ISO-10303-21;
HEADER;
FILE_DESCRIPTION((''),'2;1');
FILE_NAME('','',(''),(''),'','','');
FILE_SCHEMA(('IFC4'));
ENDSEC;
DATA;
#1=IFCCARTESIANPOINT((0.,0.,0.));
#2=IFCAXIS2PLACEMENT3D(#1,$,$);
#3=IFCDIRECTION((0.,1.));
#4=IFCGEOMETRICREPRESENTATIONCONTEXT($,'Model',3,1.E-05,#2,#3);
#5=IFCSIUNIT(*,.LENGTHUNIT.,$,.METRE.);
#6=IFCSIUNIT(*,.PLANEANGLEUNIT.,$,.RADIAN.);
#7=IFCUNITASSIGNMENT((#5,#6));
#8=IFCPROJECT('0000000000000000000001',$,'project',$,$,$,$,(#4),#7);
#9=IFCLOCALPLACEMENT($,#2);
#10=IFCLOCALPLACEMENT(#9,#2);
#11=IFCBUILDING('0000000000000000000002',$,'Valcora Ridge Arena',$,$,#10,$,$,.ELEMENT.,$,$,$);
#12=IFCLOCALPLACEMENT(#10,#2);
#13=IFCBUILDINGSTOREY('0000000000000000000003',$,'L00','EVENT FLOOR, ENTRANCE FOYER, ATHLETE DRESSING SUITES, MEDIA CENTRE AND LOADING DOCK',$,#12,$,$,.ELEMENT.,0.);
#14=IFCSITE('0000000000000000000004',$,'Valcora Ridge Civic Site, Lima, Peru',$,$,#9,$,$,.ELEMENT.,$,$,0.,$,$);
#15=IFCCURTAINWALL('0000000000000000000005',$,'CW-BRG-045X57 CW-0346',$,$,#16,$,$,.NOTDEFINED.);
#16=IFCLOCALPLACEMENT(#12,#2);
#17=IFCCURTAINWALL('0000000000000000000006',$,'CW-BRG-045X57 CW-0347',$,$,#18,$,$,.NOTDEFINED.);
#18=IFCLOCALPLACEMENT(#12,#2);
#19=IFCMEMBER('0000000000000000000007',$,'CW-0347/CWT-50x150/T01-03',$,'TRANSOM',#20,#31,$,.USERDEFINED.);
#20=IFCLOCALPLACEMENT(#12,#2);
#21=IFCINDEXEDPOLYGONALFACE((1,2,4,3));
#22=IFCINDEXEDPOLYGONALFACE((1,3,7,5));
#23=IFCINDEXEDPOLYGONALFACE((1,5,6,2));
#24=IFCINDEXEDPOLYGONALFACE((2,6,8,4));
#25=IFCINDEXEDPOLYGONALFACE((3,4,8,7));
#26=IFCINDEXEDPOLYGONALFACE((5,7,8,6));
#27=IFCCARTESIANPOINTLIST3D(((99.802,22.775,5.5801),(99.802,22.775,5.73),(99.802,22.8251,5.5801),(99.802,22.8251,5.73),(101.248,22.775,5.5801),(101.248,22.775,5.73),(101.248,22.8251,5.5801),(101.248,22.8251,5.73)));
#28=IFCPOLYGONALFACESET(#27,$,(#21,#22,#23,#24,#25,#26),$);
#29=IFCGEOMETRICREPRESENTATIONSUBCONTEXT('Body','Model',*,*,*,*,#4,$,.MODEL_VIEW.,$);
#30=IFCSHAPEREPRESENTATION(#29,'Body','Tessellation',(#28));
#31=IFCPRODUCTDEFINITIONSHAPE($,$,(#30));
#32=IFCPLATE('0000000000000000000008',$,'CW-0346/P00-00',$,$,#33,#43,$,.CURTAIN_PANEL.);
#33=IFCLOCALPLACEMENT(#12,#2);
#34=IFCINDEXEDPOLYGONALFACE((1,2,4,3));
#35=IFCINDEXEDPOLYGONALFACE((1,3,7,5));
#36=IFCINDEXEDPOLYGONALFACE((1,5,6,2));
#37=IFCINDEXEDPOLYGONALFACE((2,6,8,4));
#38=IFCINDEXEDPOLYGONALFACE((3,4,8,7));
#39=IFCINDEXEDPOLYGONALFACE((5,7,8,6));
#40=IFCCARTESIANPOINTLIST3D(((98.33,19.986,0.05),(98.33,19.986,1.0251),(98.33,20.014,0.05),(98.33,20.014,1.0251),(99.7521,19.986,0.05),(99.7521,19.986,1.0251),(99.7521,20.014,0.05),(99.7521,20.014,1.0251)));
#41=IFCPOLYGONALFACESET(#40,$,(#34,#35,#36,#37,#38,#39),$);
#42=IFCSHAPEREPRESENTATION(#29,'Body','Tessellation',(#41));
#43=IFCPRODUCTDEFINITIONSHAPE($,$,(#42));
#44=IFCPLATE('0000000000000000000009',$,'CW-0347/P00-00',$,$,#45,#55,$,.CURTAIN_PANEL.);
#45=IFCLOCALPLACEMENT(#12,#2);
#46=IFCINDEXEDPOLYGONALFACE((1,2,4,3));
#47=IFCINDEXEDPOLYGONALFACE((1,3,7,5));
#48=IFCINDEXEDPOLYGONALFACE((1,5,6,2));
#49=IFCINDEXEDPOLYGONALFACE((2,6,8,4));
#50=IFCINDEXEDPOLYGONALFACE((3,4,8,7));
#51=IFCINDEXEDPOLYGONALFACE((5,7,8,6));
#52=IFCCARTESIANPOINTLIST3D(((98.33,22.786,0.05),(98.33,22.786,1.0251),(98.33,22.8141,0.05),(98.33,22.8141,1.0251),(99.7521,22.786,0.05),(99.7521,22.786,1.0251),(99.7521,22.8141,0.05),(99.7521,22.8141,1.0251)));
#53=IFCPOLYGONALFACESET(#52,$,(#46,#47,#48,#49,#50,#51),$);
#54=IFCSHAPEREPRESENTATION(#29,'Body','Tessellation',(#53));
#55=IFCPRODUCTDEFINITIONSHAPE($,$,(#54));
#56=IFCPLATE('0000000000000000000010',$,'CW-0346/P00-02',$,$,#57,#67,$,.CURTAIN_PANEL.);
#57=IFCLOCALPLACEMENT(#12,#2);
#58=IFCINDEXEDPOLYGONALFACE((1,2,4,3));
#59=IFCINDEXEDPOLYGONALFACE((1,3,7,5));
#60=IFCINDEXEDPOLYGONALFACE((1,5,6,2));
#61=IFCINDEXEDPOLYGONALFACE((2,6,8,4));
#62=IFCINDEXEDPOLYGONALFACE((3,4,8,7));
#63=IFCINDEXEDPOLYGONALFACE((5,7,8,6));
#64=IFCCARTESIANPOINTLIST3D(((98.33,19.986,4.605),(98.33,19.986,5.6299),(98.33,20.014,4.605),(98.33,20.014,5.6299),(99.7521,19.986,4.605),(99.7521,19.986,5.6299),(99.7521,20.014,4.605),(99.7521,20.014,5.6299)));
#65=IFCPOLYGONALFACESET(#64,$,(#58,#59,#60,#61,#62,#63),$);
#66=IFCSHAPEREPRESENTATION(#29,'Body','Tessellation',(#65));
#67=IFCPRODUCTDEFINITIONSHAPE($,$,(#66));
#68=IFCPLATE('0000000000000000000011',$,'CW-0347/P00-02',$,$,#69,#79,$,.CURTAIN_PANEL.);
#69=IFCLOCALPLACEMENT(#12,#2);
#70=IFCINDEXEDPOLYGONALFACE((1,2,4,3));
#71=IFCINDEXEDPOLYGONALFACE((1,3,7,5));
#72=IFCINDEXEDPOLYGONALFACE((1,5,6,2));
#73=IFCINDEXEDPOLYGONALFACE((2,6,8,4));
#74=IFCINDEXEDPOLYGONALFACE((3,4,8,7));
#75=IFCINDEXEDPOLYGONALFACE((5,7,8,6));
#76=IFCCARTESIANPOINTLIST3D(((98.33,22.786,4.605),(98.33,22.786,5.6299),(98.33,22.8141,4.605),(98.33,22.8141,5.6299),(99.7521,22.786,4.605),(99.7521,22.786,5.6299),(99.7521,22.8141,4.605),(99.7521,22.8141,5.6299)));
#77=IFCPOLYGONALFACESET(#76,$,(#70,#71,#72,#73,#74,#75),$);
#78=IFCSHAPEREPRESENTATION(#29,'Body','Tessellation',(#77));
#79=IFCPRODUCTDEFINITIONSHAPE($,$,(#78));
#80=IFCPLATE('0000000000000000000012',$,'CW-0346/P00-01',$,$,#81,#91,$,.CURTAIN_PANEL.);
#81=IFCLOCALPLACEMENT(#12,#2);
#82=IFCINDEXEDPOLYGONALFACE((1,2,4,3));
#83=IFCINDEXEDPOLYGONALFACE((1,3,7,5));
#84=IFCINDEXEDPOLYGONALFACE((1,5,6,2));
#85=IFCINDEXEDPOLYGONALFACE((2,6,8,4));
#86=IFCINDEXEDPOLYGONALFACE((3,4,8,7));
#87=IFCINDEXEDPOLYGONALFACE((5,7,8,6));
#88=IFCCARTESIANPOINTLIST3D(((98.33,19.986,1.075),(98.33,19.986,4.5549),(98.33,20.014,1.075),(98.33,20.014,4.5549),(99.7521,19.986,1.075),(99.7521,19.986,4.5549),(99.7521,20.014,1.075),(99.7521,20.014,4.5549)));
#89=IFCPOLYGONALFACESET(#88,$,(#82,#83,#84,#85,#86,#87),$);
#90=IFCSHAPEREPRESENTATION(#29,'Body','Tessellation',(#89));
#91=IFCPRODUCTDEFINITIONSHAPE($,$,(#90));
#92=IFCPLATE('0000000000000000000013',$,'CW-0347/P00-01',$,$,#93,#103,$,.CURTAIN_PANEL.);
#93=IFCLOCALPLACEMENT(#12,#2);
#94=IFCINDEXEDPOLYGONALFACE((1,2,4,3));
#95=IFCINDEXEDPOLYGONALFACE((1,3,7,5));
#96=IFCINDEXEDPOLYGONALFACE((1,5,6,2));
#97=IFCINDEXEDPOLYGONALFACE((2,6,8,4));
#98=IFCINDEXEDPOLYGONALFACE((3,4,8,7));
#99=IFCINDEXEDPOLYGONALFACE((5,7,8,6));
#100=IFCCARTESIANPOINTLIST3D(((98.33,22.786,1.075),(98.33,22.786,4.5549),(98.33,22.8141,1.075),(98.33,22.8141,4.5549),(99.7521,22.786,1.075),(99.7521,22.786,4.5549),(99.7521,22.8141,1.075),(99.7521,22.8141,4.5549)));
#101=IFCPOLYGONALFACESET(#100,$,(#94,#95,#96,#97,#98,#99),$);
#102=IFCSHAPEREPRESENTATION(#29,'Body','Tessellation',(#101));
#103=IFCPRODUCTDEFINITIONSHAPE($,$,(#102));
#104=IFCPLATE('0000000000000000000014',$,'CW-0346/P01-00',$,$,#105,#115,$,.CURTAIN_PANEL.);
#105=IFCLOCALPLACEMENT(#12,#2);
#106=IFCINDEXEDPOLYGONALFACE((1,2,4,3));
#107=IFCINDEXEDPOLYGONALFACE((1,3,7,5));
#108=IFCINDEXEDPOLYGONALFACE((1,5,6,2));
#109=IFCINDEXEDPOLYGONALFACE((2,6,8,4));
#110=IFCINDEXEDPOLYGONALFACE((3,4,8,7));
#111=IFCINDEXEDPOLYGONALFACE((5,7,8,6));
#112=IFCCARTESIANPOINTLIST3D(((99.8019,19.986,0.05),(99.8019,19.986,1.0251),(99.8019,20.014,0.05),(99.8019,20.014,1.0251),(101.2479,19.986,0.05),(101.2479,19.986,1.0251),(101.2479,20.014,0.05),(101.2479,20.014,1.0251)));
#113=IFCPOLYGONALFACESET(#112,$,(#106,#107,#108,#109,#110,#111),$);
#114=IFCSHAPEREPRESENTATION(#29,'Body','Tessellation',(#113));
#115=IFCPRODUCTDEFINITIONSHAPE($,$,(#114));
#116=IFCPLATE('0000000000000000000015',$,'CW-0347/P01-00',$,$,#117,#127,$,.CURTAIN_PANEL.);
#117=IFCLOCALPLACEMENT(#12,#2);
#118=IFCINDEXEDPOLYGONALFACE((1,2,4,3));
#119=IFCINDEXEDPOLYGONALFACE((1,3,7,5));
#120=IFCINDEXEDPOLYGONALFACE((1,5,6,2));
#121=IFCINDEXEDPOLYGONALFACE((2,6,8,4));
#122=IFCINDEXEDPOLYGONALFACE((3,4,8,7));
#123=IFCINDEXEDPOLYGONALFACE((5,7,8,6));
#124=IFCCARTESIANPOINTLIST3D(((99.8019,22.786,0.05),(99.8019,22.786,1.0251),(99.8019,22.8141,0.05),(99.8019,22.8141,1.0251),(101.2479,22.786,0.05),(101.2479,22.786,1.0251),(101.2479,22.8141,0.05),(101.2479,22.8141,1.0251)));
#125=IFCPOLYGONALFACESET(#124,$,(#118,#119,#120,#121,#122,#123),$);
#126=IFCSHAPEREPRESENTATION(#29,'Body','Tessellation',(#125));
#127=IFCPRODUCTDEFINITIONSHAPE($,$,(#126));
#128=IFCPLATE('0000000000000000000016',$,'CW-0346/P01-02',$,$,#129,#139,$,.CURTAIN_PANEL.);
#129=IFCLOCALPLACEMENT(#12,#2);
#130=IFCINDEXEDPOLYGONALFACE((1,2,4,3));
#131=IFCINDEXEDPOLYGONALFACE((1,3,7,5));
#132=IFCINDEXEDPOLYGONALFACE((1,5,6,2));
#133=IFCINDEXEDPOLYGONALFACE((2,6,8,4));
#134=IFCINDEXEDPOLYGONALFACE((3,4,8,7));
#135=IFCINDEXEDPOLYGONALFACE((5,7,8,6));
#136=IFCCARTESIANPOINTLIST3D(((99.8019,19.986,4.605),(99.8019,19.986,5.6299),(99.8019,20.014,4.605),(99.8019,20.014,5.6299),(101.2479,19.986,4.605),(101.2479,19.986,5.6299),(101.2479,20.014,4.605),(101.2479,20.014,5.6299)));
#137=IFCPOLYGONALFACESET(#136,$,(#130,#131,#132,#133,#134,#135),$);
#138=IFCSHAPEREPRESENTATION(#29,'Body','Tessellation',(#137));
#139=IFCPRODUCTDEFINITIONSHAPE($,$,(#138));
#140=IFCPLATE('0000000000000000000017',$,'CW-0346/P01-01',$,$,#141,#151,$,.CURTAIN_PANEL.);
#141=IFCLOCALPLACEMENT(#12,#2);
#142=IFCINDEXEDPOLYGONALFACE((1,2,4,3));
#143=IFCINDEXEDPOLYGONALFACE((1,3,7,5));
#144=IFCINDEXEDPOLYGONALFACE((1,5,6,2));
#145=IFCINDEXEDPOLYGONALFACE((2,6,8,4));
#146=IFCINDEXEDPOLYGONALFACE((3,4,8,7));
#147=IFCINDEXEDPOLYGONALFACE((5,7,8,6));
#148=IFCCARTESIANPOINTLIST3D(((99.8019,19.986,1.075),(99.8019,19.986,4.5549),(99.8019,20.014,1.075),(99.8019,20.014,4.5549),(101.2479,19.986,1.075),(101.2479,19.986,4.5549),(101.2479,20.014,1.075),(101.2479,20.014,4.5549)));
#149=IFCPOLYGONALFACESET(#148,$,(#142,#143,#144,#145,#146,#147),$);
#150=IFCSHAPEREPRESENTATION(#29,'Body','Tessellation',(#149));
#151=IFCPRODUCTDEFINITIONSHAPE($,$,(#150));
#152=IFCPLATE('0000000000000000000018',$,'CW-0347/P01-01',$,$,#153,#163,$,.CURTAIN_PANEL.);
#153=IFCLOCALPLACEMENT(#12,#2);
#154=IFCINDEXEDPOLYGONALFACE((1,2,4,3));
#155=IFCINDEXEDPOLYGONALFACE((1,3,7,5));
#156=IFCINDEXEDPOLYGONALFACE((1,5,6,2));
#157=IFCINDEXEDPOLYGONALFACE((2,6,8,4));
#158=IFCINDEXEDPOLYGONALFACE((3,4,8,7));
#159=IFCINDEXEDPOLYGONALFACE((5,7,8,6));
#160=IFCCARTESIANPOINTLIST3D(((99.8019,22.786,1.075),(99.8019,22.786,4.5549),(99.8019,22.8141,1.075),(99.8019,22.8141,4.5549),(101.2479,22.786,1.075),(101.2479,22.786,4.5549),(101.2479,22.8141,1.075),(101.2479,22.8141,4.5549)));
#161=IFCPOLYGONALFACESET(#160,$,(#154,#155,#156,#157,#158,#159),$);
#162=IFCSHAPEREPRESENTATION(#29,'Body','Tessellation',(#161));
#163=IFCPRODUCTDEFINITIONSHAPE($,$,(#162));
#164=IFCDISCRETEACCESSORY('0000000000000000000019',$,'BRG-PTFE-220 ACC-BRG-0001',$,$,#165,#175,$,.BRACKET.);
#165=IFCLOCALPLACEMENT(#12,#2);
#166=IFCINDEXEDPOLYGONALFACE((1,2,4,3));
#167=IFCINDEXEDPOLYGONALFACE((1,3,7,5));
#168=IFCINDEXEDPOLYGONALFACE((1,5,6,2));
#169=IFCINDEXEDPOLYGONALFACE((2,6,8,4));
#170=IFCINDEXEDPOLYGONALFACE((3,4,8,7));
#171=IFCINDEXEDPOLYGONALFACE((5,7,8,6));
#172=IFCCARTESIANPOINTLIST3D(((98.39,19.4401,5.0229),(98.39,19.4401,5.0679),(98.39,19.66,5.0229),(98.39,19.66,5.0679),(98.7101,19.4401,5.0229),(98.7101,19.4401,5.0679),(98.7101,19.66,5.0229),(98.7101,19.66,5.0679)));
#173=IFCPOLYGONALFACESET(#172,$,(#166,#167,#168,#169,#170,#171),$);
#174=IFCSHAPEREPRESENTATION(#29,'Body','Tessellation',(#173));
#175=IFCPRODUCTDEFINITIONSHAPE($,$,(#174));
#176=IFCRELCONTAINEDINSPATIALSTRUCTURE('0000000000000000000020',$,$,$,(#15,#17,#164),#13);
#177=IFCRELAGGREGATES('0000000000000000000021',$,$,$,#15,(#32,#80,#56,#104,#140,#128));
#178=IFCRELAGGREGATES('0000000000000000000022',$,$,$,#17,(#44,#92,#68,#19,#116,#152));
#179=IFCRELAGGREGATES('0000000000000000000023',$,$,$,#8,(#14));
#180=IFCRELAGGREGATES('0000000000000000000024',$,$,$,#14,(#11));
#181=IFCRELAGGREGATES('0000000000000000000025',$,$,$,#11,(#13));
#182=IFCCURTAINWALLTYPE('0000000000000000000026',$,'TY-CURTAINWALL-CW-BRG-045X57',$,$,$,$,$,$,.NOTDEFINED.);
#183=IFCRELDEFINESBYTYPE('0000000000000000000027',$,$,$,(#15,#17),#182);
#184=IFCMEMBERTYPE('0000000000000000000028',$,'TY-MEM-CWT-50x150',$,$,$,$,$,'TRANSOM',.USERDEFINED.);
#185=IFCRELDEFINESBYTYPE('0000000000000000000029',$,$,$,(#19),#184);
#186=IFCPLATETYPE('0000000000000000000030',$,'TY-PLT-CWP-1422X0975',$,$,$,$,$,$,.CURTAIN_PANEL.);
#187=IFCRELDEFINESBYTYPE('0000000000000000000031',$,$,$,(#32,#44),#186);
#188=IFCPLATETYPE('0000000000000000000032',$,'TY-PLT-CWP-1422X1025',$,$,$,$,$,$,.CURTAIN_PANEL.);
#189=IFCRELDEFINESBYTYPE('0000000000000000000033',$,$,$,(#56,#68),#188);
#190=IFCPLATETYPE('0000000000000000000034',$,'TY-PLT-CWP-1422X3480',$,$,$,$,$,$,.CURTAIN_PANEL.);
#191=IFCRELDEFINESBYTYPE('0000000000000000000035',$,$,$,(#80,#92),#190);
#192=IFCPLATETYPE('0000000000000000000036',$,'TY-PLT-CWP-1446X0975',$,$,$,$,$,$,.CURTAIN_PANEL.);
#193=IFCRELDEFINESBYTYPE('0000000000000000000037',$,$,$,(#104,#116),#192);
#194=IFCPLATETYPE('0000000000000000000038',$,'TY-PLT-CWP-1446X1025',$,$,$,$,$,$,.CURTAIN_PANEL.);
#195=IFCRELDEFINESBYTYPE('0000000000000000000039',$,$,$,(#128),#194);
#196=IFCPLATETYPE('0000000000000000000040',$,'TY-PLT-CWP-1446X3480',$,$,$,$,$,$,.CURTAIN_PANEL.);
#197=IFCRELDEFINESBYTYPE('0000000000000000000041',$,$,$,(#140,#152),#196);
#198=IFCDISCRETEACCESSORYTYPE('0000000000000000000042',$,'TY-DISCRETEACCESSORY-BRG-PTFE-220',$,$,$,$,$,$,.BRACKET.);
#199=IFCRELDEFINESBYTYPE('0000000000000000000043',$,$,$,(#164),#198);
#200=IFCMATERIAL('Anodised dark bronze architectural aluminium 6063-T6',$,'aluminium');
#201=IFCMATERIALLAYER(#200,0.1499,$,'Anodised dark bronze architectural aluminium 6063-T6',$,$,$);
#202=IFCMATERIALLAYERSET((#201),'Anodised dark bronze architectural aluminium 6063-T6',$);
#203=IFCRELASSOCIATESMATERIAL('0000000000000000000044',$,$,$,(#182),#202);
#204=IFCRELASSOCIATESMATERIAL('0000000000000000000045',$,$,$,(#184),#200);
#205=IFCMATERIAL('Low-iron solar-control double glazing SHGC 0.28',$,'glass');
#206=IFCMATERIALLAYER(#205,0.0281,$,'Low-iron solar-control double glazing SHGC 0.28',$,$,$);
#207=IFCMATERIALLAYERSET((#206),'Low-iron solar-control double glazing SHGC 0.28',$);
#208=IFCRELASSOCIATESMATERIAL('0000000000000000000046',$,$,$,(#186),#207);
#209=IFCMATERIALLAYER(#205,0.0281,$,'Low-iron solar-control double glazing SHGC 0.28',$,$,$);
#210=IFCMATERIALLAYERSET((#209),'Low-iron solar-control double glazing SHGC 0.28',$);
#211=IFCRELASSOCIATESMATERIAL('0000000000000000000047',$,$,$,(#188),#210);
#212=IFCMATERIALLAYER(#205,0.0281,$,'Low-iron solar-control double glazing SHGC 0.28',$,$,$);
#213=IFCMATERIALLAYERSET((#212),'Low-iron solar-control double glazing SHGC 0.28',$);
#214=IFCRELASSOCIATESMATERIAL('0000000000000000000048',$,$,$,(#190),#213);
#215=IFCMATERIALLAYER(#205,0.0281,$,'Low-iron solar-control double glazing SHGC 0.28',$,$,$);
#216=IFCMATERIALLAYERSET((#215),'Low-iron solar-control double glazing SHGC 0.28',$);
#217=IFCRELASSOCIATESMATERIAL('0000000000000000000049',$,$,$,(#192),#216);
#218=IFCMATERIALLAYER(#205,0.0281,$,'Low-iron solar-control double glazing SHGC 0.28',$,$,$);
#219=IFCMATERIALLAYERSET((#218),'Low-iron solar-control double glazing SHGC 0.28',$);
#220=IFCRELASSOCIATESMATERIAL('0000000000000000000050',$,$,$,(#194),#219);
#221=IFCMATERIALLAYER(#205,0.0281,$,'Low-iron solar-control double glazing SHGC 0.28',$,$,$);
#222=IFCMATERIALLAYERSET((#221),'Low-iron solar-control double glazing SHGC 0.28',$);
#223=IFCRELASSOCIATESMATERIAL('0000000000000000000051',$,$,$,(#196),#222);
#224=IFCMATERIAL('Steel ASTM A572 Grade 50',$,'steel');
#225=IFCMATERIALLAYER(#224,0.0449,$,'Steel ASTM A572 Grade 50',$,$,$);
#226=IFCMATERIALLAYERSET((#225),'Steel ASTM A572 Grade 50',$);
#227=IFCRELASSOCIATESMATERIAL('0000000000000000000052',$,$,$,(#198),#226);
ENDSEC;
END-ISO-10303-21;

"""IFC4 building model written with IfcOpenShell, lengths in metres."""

from ifc_helpers import new_model, si_unit, direction, frame, origin, origin_2d, place, context, subcontext, project, spatial, rectangle, extrude, material, layer, layer_set, material_profile, profile_set, type_object, element, aggregate, save


model = new_model("IFC4")

# Units and contexts
model_context = context("Model", 3, precision=1e-05, world=origin(), true_north=direction((0.0, 1.0)))
body_context = subcontext(model_context, "Body", "Model", "MODEL_VIEW")
ifc_project = project(units=[si_unit("LENGTHUNIT", "METRE"), si_unit("PLANEANGLEUNIT", "RADIAN")], contexts=[model_context])

# Site, building, storey
site_placement = place(None, origin())
site = spatial("IfcSite", under=ifc_project, at=site_placement, Name="Valcora Ridge Civic Site, Lima, Peru", CompositionType="ELEMENT", RefElevation=0.0)
building_placement = place(site_placement, origin())
building = spatial("IfcBuilding", under=site, at=building_placement, Name="Valcora Ridge Arena", CompositionType="ELEMENT")
storey_placement = place(building_placement, origin())
storey = spatial("IfcBuildingStorey", under=building, at=storey_placement, Name="L00", Description="EVENT FLOOR, ENTRANCE FOYER, ATHLETE DRESSING SUITES, MEDIA CENTRE AND LOADING DOCK", CompositionType="ELEMENT", Elevation=0.0)

# Shared definitions
ifc_material_1 = material(Name="Steel ASTM A572 Grade 50", Category="steel")

# Curtain walls
ifc_material_2 = material(Name="Anodised dark bronze architectural aluminium 6063-T6", Category="aluminium")
ifc_layer_1 = layer(ifc_material_2, 0.1499, Name="Anodised dark bronze architectural aluminium 6063-T6")
ifc_layer_set_1 = layer_set([ifc_layer_1], Name="Anodised dark bronze architectural aluminium 6063-T6")
curtain_wall_type_1 = type_object("IfcCurtainWallType", Name="TY-CURTAINWALL-CW-BRG-045X57", PredefinedType="NOTDEFINED", material=ifc_layer_set_1)
curtain_wall_1_placement = place(storey_placement, origin())
curtain_wall_1 = element("IfcCurtainWall", 1, at=curtain_wall_1_placement, inside=storey, type_object=curtain_wall_type_1, Name="CW-BRG-045X57 CW-0346", PredefinedType="NOTDEFINED")
curtain_wall_2_placement = place(storey_placement, origin())
curtain_wall_2 = element("IfcCurtainWall", 2, at=curtain_wall_2_placement, inside=storey, type_object=curtain_wall_type_1, Name="CW-BRG-045X57 CW-0347", PredefinedType="NOTDEFINED")

# Member
ifc_material_profile_1 = material_profile(ifc_material_2, rectangle(XDim=0.05, YDim=0.1499, at=origin_2d()), Name="ALU TRANSOM 50x150")
ifc_profile_set_1 = profile_set([ifc_material_profile_1], Name="Anodised dark bronze architectural aluminium 6063-T6")
member_type_1 = type_object("IfcMemberType", Name="TY-MEM-CWT-50x150", ElementType="TRANSOM", PredefinedType="USERDEFINED", material=ifc_profile_set_1)
member_1_placement = place(storey_placement, frame((99.802, 22.8, 5.655), z_axis=(1.0, 0.0, 0.0), x_axis=(0.0, 1.0, 0.0)))
member_1 = element("IfcMember", 3, at=member_1_placement, type_object=member_type_1, Name="CW-0347/CWT-50x150/T01-03", ObjectType="TRANSOM", PredefinedType="USERDEFINED", context=body_context, shape_type="SweptSolid", body=[
    extrude(rectangle(XDim=0.05, YDim=0.1499, at=origin_2d()), origin(), (0.0, 0.0, 1.0), 1.446),
])

# Plates
ifc_material_3 = material(Name="Low-iron solar-control double glazing SHGC 0.28", Category="glass")
ifc_layer_2 = layer(ifc_material_3, 0.0281, Name="Low-iron solar-control double glazing SHGC 0.28")
ifc_layer_set_2 = layer_set([ifc_layer_2], Name="Low-iron solar-control double glazing SHGC 0.28")
plate_type_1 = type_object("IfcPlateType", Name="TY-PLT-CWP-1422X0975", PredefinedType="CURTAIN_PANEL", material=ifc_layer_set_2)
plate_1_placement = place(storey_placement, frame((99.041, 20.0, 0.05), z_axis=(0.0, 0.0, 1.0), x_axis=(1.0, 0.0, 0.0)))
plate_1 = element("IfcPlate", 4, at=plate_1_placement, type_object=plate_type_1, Name="CW-0346/P00-00", PredefinedType="CURTAIN_PANEL", context=body_context, shape_type="SweptSolid", body=[
    extrude(rectangle(XDim=1.4221, YDim=0.0281, at=origin_2d()), origin(), (0.0, 0.0, 1.0), 0.9751),
])
plate_2_placement = place(storey_placement, frame((99.041, 22.8, 0.05), z_axis=(0.0, 0.0, 1.0), x_axis=(1.0, 0.0, 0.0)))
plate_2 = element("IfcPlate", 5, at=plate_2_placement, type_object=plate_type_1, Name="CW-0347/P00-00", PredefinedType="CURTAIN_PANEL", context=body_context, shape_type="SweptSolid", body=[
    extrude(rectangle(XDim=1.4221, YDim=0.0281, at=origin_2d()), origin(), (0.0, 0.0, 1.0), 0.9751),
])
ifc_layer_3 = layer(ifc_material_3, 0.0281, Name="Low-iron solar-control double glazing SHGC 0.28")
ifc_layer_set_3 = layer_set([ifc_layer_3], Name="Low-iron solar-control double glazing SHGC 0.28")
plate_type_2 = type_object("IfcPlateType", Name="TY-PLT-CWP-1422X1025", PredefinedType="CURTAIN_PANEL", material=ifc_layer_set_3)
plate_3_placement = place(storey_placement, frame((99.041, 20.0, 4.605), z_axis=(0.0, 0.0, 1.0), x_axis=(1.0, 0.0, 0.0)))
plate_3 = element("IfcPlate", 6, at=plate_3_placement, type_object=plate_type_2, Name="CW-0346/P00-02", PredefinedType="CURTAIN_PANEL", context=body_context, shape_type="SweptSolid", body=[
    extrude(rectangle(XDim=1.4221, YDim=0.0281, at=origin_2d()), origin(), (0.0, 0.0, 1.0), 1.0249),
])
plate_4_placement = place(storey_placement, frame((99.041, 22.8, 4.605), z_axis=(0.0, 0.0, 1.0), x_axis=(1.0, 0.0, 0.0)))
plate_4 = element("IfcPlate", 7, at=plate_4_placement, type_object=plate_type_2, Name="CW-0347/P00-02", PredefinedType="CURTAIN_PANEL", context=body_context, shape_type="SweptSolid", body=[
    extrude(rectangle(XDim=1.4221, YDim=0.0281, at=origin_2d()), origin(), (0.0, 0.0, 1.0), 1.0249),
])
ifc_layer_4 = layer(ifc_material_3, 0.0281, Name="Low-iron solar-control double glazing SHGC 0.28")
ifc_layer_set_4 = layer_set([ifc_layer_4], Name="Low-iron solar-control double glazing SHGC 0.28")
plate_type_3 = type_object("IfcPlateType", Name="TY-PLT-CWP-1422X3480", PredefinedType="CURTAIN_PANEL", material=ifc_layer_set_4)
plate_5_placement = place(storey_placement, frame((99.041, 20.0, 1.075), z_axis=(0.0, 0.0, 1.0), x_axis=(1.0, 0.0, 0.0)))
plate_5 = element("IfcPlate", 8, at=plate_5_placement, type_object=plate_type_3, Name="CW-0346/P00-01", PredefinedType="CURTAIN_PANEL", context=body_context, shape_type="SweptSolid", body=[
    extrude(rectangle(XDim=1.4221, YDim=0.0281, at=origin_2d()), origin(), (0.0, 0.0, 1.0), 3.48),
])
plate_6_placement = place(storey_placement, frame((99.041, 22.8, 1.075), z_axis=(0.0, 0.0, 1.0), x_axis=(1.0, 0.0, 0.0)))
plate_6 = element("IfcPlate", 9, at=plate_6_placement, type_object=plate_type_3, Name="CW-0347/P00-01", PredefinedType="CURTAIN_PANEL", context=body_context, shape_type="SweptSolid", body=[
    extrude(rectangle(XDim=1.4221, YDim=0.0281, at=origin_2d()), origin(), (0.0, 0.0, 1.0), 3.48),
])
ifc_layer_5 = layer(ifc_material_3, 0.0281, Name="Low-iron solar-control double glazing SHGC 0.28")
ifc_layer_set_5 = layer_set([ifc_layer_5], Name="Low-iron solar-control double glazing SHGC 0.28")
plate_type_4 = type_object("IfcPlateType", Name="TY-PLT-CWP-1446X0975", PredefinedType="CURTAIN_PANEL", material=ifc_layer_set_5)
plate_7_placement = place(storey_placement, frame((100.5249, 20.0, 0.05), z_axis=(0.0, 0.0, 1.0), x_axis=(1.0, 0.0, 0.0)))
plate_7 = element("IfcPlate", 10, at=plate_7_placement, type_object=plate_type_4, Name="CW-0346/P01-00", PredefinedType="CURTAIN_PANEL", context=body_context, shape_type="SweptSolid", body=[
    extrude(rectangle(XDim=1.446, YDim=0.0281, at=origin_2d()), origin(), (0.0, 0.0, 1.0), 0.9751),
])
plate_8_placement = place(storey_placement, frame((100.5249, 22.8, 0.05), z_axis=(0.0, 0.0, 1.0), x_axis=(1.0, 0.0, 0.0)))
plate_8 = element("IfcPlate", 11, at=plate_8_placement, type_object=plate_type_4, Name="CW-0347/P01-00", PredefinedType="CURTAIN_PANEL", context=body_context, shape_type="SweptSolid", body=[
    extrude(rectangle(XDim=1.446, YDim=0.0281, at=origin_2d()), origin(), (0.0, 0.0, 1.0), 0.9751),
])
ifc_layer_6 = layer(ifc_material_3, 0.0281, Name="Low-iron solar-control double glazing SHGC 0.28")
ifc_layer_set_6 = layer_set([ifc_layer_6], Name="Low-iron solar-control double glazing SHGC 0.28")
plate_type_5 = type_object("IfcPlateType", Name="TY-PLT-CWP-1446X1025", PredefinedType="CURTAIN_PANEL", material=ifc_layer_set_6)
plate_9_placement = place(storey_placement, frame((100.5249, 20.0, 4.605), z_axis=(0.0, 0.0, 1.0), x_axis=(1.0, 0.0, 0.0)))
plate_9 = element("IfcPlate", 12, at=plate_9_placement, type_object=plate_type_5, Name="CW-0346/P01-02", PredefinedType="CURTAIN_PANEL", context=body_context, shape_type="SweptSolid", body=[
    extrude(rectangle(XDim=1.446, YDim=0.0281, at=origin_2d()), origin(), (0.0, 0.0, 1.0), 1.0249),
])
ifc_layer_7 = layer(ifc_material_3, 0.0281, Name="Low-iron solar-control double glazing SHGC 0.28")
ifc_layer_set_7 = layer_set([ifc_layer_7], Name="Low-iron solar-control double glazing SHGC 0.28")
plate_type_6 = type_object("IfcPlateType", Name="TY-PLT-CWP-1446X3480", PredefinedType="CURTAIN_PANEL", material=ifc_layer_set_7)
plate_10_placement = place(storey_placement, frame((100.5249, 20.0, 1.075), z_axis=(0.0, 0.0, 1.0), x_axis=(1.0, 0.0, 0.0)))
plate_10 = element("IfcPlate", 13, at=plate_10_placement, type_object=plate_type_6, Name="CW-0346/P01-01", PredefinedType="CURTAIN_PANEL", context=body_context, shape_type="SweptSolid", body=[
    extrude(rectangle(XDim=1.446, YDim=0.0281, at=origin_2d()), origin(), (0.0, 0.0, 1.0), 3.48),
])
aggregate(curtain_wall_1, [plate_1, plate_5, plate_3, plate_7, plate_10, plate_9])
plate_11_placement = place(storey_placement, frame((100.5249, 22.8, 1.075), z_axis=(0.0, 0.0, 1.0), x_axis=(1.0, 0.0, 0.0)))
plate_11 = element("IfcPlate", 14, at=plate_11_placement, type_object=plate_type_6, Name="CW-0347/P01-01", PredefinedType="CURTAIN_PANEL", context=body_context, shape_type="SweptSolid", body=[
    extrude(rectangle(XDim=1.446, YDim=0.0281, at=origin_2d()), origin(), (0.0, 0.0, 1.0), 3.48),
])
aggregate(curtain_wall_2, [plate_2, plate_6, plate_4, member_1, plate_8, plate_11])

# Discrete accessory
ifc_layer_8 = layer(ifc_material_1, 0.0449, Name="Steel ASTM A572 Grade 50")
ifc_layer_set_8 = layer_set([ifc_layer_8], Name="Steel ASTM A572 Grade 50")
discrete_accessory_type = type_object("IfcDiscreteAccessoryType", Name="TY-DISCRETEACCESSORY-BRG-PTFE-220", PredefinedType="BRACKET", material=ifc_layer_set_8)
discrete_accessory_placement = place(storey_placement, frame((98.55, 19.55, 5.0229), z_axis=(0.0, 0.0, 1.0), x_axis=(1.0, 0.0, 0.0)))
element("IfcDiscreteAccessory", 15, at=discrete_accessory_placement, inside=storey, type_object=discrete_accessory_type, Name="BRG-PTFE-220 ACC-BRG-0001", PredefinedType="BRACKET", context=body_context, shape_type="SweptSolid", body=[
    extrude(rectangle(XDim=0.3201, YDim=0.22, at=origin_2d()), origin(), (0.0, 0.0, 1.0), 0.0449),
])

save(model, "model.ifc")
